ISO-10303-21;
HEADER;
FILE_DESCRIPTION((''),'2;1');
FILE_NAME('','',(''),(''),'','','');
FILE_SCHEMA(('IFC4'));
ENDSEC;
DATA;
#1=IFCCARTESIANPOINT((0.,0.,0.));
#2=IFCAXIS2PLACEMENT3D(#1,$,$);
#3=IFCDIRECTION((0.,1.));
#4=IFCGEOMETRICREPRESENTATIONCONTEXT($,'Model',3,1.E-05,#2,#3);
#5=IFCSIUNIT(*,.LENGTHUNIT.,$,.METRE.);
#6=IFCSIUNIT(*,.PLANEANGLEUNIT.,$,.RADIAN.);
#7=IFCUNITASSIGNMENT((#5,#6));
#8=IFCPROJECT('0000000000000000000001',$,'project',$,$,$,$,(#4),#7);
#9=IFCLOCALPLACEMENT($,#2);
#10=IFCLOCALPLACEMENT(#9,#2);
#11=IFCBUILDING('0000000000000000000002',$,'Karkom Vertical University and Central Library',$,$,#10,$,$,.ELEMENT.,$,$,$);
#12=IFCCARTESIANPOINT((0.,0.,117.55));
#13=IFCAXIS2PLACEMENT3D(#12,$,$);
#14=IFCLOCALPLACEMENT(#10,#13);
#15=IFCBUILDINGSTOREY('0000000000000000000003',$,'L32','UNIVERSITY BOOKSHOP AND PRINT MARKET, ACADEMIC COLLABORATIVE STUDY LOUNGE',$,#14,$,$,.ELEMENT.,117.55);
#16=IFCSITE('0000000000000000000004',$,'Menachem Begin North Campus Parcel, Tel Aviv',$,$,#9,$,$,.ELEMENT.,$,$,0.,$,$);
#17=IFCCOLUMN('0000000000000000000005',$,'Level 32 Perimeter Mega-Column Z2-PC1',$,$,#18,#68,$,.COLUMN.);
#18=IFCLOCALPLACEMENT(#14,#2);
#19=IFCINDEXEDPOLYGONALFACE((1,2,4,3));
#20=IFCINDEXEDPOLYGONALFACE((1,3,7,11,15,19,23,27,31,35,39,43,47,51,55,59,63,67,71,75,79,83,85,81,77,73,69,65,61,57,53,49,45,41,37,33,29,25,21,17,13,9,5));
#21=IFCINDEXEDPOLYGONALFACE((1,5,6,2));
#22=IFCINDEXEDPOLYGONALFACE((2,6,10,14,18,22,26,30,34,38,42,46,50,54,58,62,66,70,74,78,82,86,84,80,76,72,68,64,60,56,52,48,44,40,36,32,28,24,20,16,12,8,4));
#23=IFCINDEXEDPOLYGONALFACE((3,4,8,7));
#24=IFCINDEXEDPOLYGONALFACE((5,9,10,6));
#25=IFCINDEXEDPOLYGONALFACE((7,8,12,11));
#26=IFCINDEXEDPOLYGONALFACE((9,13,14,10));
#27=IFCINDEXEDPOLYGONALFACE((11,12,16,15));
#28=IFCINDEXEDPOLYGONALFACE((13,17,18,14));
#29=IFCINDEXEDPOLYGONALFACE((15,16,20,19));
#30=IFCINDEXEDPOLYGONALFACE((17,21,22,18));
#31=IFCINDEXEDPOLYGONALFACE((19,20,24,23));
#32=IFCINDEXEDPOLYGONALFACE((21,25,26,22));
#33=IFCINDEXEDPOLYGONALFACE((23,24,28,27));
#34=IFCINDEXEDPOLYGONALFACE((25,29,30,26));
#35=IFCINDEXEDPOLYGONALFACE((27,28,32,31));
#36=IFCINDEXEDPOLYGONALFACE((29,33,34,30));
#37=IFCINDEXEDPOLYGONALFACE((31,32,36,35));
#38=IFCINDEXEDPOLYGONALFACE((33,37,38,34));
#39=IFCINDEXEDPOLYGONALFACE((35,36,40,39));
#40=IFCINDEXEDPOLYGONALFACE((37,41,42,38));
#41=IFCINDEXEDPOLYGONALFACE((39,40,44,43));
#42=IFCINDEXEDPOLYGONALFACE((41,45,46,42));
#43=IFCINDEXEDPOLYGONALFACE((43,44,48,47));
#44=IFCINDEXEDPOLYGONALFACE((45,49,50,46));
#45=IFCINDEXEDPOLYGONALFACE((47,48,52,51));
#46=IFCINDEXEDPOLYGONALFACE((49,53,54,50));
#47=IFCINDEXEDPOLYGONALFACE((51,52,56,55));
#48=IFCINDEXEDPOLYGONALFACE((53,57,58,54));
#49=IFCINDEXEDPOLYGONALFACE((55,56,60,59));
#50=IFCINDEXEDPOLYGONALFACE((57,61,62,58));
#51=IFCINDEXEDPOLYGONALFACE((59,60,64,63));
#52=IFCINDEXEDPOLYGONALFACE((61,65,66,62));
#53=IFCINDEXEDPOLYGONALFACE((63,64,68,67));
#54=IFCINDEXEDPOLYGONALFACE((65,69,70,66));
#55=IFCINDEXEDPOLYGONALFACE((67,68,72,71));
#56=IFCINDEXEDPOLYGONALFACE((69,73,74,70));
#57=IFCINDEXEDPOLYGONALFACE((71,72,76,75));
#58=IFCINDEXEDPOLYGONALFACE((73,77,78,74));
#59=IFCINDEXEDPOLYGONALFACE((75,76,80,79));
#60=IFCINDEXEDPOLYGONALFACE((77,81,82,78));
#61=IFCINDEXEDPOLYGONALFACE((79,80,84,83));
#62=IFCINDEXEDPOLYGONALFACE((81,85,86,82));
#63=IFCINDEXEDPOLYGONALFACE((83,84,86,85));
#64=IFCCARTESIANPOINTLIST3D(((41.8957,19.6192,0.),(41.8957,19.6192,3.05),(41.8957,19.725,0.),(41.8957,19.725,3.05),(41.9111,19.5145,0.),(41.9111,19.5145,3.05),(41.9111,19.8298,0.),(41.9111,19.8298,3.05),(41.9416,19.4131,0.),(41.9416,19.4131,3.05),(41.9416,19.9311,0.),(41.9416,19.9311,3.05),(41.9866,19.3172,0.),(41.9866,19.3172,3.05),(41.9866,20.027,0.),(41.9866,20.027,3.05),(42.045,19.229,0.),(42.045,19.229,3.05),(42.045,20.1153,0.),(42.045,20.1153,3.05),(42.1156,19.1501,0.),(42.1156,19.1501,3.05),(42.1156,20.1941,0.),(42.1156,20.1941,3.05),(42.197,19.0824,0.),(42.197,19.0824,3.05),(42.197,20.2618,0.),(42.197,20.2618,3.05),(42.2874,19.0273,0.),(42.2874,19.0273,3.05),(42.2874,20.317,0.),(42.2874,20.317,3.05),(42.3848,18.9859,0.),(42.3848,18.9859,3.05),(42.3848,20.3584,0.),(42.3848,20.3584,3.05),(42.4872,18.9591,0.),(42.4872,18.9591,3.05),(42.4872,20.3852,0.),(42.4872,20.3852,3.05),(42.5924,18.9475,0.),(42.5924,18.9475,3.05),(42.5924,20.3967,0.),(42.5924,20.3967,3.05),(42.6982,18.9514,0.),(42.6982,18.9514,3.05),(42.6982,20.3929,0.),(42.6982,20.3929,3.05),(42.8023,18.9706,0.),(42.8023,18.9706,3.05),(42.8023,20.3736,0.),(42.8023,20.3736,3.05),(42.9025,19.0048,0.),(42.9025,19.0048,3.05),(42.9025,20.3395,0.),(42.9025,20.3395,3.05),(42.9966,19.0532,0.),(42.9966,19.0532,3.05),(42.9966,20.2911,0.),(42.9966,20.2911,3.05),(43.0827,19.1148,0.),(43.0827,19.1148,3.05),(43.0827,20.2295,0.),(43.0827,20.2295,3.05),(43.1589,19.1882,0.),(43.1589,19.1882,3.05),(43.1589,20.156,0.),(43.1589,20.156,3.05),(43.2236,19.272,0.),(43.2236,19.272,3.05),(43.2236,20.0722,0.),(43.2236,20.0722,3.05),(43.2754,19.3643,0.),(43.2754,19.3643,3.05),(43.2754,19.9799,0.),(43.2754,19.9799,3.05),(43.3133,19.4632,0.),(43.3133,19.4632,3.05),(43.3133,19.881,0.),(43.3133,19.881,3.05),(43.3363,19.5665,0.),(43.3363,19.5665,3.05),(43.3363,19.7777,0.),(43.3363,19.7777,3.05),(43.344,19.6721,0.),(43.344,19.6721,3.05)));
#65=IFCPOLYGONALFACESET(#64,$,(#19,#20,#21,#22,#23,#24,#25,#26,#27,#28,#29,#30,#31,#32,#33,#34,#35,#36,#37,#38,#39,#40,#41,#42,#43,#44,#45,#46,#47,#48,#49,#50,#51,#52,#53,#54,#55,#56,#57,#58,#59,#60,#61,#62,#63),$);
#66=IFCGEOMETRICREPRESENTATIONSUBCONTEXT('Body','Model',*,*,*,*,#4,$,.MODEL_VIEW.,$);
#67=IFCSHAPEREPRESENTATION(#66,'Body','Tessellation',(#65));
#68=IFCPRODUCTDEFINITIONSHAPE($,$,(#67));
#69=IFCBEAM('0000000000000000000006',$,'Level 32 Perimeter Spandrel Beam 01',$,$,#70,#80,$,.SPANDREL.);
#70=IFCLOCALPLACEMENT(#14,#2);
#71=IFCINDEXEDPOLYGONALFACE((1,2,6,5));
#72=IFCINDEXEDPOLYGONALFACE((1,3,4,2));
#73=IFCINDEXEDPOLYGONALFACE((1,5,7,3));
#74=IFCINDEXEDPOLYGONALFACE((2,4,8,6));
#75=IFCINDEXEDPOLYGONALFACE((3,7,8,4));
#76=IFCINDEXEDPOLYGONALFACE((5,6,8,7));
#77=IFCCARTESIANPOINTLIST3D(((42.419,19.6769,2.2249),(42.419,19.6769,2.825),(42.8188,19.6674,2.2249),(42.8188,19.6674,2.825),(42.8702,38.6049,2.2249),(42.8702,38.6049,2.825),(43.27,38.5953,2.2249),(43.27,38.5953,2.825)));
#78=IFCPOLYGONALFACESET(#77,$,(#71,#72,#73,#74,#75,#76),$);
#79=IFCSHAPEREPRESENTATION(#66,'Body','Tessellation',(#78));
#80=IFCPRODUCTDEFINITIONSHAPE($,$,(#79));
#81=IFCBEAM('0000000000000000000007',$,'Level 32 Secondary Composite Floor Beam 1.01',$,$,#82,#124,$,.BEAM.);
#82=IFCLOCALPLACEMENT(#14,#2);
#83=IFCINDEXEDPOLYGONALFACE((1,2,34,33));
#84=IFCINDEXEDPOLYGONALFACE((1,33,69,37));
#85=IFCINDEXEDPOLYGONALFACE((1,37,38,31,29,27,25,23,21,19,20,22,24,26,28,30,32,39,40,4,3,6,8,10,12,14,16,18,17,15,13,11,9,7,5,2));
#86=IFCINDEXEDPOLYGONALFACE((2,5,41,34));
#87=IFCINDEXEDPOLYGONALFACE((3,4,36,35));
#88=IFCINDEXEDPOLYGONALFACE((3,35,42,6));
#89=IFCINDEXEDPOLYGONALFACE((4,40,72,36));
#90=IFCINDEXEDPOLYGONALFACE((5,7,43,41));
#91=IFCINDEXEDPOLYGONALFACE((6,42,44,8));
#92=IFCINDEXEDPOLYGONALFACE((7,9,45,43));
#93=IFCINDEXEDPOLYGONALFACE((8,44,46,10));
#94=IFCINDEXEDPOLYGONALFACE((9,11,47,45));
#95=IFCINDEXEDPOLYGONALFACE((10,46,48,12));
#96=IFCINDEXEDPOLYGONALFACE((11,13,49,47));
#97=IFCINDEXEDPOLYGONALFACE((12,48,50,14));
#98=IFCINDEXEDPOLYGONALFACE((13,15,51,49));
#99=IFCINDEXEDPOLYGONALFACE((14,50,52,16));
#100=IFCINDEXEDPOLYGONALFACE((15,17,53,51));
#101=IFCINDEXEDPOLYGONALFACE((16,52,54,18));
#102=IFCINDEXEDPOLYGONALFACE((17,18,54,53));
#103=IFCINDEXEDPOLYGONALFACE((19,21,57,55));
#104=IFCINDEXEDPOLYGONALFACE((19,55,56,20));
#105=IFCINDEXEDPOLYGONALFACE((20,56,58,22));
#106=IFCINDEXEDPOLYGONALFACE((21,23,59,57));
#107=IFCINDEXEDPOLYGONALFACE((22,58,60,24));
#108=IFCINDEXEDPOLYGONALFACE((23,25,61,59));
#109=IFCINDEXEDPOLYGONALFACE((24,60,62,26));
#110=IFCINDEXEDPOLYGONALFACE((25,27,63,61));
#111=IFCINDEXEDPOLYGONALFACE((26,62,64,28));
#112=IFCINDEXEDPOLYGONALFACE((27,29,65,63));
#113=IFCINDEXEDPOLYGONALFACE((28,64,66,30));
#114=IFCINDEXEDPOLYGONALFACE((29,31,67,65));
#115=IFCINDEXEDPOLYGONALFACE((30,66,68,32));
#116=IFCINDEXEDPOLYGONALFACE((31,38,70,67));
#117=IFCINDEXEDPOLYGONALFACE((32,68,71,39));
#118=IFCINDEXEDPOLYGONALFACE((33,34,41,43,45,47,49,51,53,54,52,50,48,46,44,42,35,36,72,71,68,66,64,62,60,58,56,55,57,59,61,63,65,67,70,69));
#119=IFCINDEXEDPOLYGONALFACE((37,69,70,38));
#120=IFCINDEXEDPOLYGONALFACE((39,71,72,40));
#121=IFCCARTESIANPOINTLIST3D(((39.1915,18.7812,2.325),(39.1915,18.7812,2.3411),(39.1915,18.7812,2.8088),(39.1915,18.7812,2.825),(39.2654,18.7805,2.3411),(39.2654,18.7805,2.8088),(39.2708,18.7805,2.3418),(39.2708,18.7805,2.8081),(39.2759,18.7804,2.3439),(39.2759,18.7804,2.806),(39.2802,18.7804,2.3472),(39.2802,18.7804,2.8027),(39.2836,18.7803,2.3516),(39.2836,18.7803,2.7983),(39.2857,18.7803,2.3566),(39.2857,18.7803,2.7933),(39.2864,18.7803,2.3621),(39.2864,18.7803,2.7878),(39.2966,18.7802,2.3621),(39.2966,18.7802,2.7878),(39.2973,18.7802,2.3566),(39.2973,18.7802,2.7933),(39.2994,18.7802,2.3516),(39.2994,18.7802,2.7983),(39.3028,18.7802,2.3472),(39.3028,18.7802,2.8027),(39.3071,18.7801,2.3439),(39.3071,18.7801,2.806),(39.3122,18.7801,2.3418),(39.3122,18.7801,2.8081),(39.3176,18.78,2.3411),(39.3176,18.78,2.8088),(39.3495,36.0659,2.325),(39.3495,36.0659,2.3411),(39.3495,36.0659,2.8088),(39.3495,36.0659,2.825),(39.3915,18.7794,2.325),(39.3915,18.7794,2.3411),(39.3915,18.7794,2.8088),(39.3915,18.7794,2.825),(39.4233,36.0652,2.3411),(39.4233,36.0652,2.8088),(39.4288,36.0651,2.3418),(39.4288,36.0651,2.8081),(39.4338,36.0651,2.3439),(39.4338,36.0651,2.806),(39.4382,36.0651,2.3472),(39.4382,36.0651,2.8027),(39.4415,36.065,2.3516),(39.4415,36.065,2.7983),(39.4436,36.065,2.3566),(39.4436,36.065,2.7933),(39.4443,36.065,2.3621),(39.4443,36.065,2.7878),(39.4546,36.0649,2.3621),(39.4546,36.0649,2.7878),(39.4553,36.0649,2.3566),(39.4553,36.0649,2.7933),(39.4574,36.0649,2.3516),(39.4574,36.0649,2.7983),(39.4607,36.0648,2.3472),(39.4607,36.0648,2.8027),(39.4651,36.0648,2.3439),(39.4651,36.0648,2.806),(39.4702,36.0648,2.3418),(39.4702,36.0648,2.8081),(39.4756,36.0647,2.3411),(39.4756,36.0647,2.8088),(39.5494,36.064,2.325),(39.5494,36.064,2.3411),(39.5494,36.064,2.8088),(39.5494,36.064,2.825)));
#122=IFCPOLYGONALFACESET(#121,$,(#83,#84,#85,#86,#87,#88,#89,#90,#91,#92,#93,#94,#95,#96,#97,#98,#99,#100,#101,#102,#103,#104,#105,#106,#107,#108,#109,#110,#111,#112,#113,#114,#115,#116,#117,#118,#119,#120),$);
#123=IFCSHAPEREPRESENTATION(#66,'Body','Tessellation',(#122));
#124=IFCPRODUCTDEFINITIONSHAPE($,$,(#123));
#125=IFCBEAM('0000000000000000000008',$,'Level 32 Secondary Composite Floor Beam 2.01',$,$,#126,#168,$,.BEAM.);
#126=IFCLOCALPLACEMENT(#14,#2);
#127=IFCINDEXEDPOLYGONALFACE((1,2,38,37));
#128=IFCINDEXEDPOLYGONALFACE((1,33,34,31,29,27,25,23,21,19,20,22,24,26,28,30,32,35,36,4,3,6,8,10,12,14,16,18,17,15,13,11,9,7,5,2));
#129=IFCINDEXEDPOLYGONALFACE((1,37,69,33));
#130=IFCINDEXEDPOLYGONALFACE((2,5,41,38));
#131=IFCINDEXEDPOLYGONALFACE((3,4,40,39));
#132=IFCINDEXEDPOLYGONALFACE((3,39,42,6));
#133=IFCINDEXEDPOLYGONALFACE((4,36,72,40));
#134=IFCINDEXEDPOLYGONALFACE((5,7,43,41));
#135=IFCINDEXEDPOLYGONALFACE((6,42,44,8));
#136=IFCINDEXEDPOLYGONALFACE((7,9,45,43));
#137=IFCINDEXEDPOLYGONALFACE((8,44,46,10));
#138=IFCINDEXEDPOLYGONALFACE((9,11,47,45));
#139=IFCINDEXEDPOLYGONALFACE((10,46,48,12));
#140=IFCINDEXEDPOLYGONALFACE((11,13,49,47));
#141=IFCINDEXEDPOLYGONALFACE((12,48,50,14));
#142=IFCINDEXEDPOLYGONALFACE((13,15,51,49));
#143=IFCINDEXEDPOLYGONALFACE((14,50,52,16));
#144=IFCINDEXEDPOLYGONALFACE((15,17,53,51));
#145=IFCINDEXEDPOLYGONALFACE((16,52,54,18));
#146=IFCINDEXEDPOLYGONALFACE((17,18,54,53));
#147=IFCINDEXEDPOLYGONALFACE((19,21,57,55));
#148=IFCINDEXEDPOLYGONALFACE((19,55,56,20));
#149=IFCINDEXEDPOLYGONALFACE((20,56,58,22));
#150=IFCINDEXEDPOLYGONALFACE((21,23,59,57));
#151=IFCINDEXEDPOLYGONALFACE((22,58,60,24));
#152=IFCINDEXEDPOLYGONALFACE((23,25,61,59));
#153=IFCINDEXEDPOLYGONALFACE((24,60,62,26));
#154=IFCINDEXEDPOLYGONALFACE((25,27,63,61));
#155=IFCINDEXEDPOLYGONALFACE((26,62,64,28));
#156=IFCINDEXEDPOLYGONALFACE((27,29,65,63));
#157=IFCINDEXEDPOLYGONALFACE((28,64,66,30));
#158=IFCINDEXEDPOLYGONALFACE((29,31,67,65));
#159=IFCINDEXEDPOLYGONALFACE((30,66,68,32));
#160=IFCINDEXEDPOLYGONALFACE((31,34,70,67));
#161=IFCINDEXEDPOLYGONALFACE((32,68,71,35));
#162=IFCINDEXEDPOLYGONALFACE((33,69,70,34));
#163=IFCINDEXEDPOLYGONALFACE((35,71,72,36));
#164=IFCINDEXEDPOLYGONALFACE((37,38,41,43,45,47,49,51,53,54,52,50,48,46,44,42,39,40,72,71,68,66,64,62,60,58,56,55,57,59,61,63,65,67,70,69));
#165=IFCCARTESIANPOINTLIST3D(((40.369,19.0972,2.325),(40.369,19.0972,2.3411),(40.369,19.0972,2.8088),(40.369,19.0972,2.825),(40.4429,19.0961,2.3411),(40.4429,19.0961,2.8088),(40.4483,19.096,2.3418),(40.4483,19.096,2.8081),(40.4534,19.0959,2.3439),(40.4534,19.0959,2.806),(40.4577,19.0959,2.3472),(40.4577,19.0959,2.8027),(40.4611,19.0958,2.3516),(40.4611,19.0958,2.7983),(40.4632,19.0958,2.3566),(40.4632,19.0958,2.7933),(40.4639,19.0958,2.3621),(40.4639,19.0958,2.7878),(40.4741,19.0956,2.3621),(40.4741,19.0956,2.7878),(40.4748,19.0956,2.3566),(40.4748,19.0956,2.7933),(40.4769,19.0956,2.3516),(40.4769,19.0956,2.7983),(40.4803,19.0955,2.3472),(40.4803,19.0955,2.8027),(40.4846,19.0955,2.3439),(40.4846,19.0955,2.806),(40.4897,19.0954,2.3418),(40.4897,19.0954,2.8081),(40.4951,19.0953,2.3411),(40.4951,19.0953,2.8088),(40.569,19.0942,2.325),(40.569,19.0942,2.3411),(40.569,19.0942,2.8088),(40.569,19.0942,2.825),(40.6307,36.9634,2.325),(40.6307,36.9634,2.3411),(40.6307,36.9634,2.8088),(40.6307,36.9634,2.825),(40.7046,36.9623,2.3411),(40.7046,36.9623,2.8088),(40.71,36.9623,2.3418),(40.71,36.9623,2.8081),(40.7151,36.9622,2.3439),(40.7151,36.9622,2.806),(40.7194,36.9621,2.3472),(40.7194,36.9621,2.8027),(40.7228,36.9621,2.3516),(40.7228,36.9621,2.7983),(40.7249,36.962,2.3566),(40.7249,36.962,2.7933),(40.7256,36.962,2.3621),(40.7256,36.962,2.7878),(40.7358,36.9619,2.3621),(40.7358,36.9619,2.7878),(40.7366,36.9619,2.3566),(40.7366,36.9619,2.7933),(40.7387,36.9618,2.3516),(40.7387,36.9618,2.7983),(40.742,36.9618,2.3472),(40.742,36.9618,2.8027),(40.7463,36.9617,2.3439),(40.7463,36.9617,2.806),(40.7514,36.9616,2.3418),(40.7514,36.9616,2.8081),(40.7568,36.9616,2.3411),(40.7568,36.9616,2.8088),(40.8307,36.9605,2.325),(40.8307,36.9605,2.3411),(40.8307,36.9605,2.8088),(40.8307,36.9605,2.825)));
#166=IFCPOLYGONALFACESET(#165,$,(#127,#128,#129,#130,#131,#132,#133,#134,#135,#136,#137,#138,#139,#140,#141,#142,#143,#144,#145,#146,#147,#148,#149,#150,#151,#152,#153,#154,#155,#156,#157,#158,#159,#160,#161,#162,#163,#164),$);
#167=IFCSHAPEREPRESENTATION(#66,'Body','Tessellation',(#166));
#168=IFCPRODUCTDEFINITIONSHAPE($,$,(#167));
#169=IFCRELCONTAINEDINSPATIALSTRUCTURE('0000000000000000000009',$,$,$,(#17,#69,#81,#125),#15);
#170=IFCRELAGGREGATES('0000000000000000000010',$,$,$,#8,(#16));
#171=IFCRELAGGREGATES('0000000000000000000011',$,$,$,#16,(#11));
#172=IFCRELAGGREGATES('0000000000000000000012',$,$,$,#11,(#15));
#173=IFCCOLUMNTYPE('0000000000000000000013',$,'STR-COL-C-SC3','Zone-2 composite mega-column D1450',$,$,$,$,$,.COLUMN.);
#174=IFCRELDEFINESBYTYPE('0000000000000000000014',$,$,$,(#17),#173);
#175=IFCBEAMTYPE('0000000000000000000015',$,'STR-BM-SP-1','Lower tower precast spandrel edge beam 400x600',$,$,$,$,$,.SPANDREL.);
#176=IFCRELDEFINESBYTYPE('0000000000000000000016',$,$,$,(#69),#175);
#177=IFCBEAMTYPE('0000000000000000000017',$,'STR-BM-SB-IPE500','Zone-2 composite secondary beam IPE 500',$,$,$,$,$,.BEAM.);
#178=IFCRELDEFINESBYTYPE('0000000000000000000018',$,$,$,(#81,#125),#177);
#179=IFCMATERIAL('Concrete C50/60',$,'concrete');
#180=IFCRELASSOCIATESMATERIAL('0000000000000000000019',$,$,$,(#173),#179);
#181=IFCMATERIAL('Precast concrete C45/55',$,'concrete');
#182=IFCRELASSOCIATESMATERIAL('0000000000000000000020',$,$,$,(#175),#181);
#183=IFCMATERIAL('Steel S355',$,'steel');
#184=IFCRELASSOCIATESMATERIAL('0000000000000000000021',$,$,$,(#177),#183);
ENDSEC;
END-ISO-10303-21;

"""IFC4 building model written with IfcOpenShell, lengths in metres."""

from ifc_helpers import new_model, si_unit, direction, frame, origin, origin_with_axes, origin_2d, place, context, subcontext, project, spatial, rectangle, circle, i_section, extrude, source, transform, mapped, material, material_profile, profile_set, type_object, element, save


model = new_model("IFC4")

# Units and contexts
model_context = context("Model", 3, precision=1e-05, world=origin(), true_north=direction((0.0, 1.0)))
body_context = subcontext(model_context, "Body", "Model", "MODEL_VIEW")
ifc_project = project(units=[si_unit("LENGTHUNIT", "METRE"), si_unit("PLANEANGLEUNIT", "RADIAN")], contexts=[model_context])

# Site, building, storey
site_placement = place(None, origin())
site = spatial("IfcSite", under=ifc_project, at=site_placement, Name="Menachem Begin North Campus Parcel, Tel Aviv", CompositionType="ELEMENT", RefElevation=0.0)
building_placement = place(site_placement, origin())
building = spatial("IfcBuilding", under=site, at=building_placement, Name="Karkom Vertical University and Central Library", CompositionType="ELEMENT")
storey_placement = place(building_placement, frame((0.0, 0.0, 117.55)))
storey = spatial("IfcBuildingStorey", under=building, at=storey_placement, Name="L32", Description="UNIVERSITY BOOKSHOP AND PRINT MARKET, ACADEMIC COLLABORATIVE STUDY LOUNGE", CompositionType="ELEMENT", Elevation=117.55)

# Column
ifc_material_1 = material(Name="Concrete C50/60", Category="concrete")
ifc_material_profile_1 = material_profile(ifc_material_1, circle(Radius=0.7251, at=origin_2d()), Name="CFT-D1450")
ifc_profile_set_1 = profile_set([ifc_material_profile_1], Name="Concrete C50/60")
column_type = type_object("IfcColumnType", Name="STR-COL-C-SC3", Description="Zone-2 composite mega-column D1450", PredefinedType="COLUMN", material=ifc_profile_set_1)
shared_shape_1 = source(origin_with_axes(), body_context, "Body", "SweptSolid", [
    extrude(circle(Radius=0.7251, at=origin_2d()), origin(), (0.0, 0.0, 1.0), 3.05),
])
column_placement = place(storey_placement, frame((42.6189, 19.6721, 0.0), z_axis=(0.0, 0.0, 1.0), x_axis=(1.0, 0.0, 0.0)))
element("IfcColumn", 1, at=column_placement, inside=storey, type_object=column_type, Name="Level 32 Perimeter Mega-Column Z2-PC1", PredefinedType="COLUMN", context=body_context, shape_type="MappedRepresentation", body=[
    mapped(shared_shape_1, transform((0.0, 0.0, 0.0), scale=1.0)),
])

# Beams
ifc_material_2 = material(Name="Precast concrete C45/55", Category="concrete")
ifc_material_profile_2 = material_profile(ifc_material_2, rectangle(XDim=0.3999, YDim=0.6001, at=origin_2d()), Name="SPB-400x600")
ifc_profile_set_2 = profile_set([ifc_material_profile_2], Name="Precast concrete C45/55")
beam_type_1 = type_object("IfcBeamType", Name="STR-BM-SP-1", Description="Lower tower precast spandrel edge beam 400x600", PredefinedType="SPANDREL", material=ifc_profile_set_2)
shared_shape_2 = source(origin_with_axes(), body_context, "Body", "SweptSolid", [
    extrude(rectangle(XDim=0.3999, YDim=0.6001, at=origin_2d()), origin(), (0.0, 0.0, 1.0), 18.9333),
])
beam_1_placement = place(storey_placement, frame((42.6189, 19.6721, 2.5249), z_axis=(0.023829, 0.999716, 0.0), x_axis=(-0.999716, 0.023829, 0.0)))
element("IfcBeam", 2, at=beam_1_placement, inside=storey, type_object=beam_type_1, Name="Level 32 Perimeter Spandrel Beam 01", PredefinedType="SPANDREL", context=body_context, shape_type="MappedRepresentation", body=[
    mapped(shared_shape_2, transform((0.0, 0.0, 0.0), scale=1.0)),
])
ifc_material_3 = material(Name="Steel S355", Category="steel")
ifc_material_profile_3 = material_profile(ifc_material_3, i_section(OverallWidth=0.2, OverallDepth=0.5, WebThickness=0.0103, FlangeThickness=0.0161, FilletRadius=0.021, at=origin_2d()), Name="IPE 500")
ifc_profile_set_3 = profile_set([ifc_material_profile_3], Name="Steel S355")
beam_type_2 = type_object("IfcBeamType", Name="STR-BM-SB-IPE500", Description="Zone-2 composite secondary beam IPE 500", PredefinedType="BEAM", material=ifc_profile_set_3)
shared_shape_3 = source(origin_with_axes(), body_context, "Body", "SweptSolid", [
    extrude(i_section(OverallWidth=0.2, OverallDepth=0.5, WebThickness=0.0103, FlangeThickness=0.0161, FilletRadius=0.021, at=origin_2d()), origin(), (0.0, 0.0, 1.0), 17.2854),
])
beam_2_placement = place(storey_placement, frame((39.2915, 18.7803, 2.575), z_axis=(0.009138, 0.999958, 0.0), x_axis=(-0.999958, 0.009138, 0.0)))
element("IfcBeam", 3, at=beam_2_placement, inside=storey, type_object=beam_type_2, Name="Level 32 Secondary Composite Floor Beam 1.01", PredefinedType="BEAM", context=body_context, shape_type="MappedRepresentation", body=[
    mapped(shared_shape_3, transform((0.0, 0.0, 0.0), scale=1.0)),
])
shared_shape_4 = source(origin_with_axes(), body_context, "Body", "SweptSolid", [
    extrude(i_section(OverallWidth=0.2, OverallDepth=0.5, WebThickness=0.0103, FlangeThickness=0.0161, FilletRadius=0.021, at=origin_2d()), origin(), (0.0, 0.0, 1.0), 17.8682),
])
beam_3_placement = place(storey_placement, frame((40.469, 19.0957, 2.575), z_axis=(0.014647, 0.999893, 0.0), x_axis=(-0.999893, 0.014647, 0.0)))
element("IfcBeam", 4, at=beam_3_placement, inside=storey, type_object=beam_type_2, Name="Level 32 Secondary Composite Floor Beam 2.01", PredefinedType="BEAM", context=body_context, shape_type="MappedRepresentation", body=[
    mapped(shared_shape_4, transform((0.0, 0.0, 0.0), scale=1.0)),
])

save(model, "model.ifc")
